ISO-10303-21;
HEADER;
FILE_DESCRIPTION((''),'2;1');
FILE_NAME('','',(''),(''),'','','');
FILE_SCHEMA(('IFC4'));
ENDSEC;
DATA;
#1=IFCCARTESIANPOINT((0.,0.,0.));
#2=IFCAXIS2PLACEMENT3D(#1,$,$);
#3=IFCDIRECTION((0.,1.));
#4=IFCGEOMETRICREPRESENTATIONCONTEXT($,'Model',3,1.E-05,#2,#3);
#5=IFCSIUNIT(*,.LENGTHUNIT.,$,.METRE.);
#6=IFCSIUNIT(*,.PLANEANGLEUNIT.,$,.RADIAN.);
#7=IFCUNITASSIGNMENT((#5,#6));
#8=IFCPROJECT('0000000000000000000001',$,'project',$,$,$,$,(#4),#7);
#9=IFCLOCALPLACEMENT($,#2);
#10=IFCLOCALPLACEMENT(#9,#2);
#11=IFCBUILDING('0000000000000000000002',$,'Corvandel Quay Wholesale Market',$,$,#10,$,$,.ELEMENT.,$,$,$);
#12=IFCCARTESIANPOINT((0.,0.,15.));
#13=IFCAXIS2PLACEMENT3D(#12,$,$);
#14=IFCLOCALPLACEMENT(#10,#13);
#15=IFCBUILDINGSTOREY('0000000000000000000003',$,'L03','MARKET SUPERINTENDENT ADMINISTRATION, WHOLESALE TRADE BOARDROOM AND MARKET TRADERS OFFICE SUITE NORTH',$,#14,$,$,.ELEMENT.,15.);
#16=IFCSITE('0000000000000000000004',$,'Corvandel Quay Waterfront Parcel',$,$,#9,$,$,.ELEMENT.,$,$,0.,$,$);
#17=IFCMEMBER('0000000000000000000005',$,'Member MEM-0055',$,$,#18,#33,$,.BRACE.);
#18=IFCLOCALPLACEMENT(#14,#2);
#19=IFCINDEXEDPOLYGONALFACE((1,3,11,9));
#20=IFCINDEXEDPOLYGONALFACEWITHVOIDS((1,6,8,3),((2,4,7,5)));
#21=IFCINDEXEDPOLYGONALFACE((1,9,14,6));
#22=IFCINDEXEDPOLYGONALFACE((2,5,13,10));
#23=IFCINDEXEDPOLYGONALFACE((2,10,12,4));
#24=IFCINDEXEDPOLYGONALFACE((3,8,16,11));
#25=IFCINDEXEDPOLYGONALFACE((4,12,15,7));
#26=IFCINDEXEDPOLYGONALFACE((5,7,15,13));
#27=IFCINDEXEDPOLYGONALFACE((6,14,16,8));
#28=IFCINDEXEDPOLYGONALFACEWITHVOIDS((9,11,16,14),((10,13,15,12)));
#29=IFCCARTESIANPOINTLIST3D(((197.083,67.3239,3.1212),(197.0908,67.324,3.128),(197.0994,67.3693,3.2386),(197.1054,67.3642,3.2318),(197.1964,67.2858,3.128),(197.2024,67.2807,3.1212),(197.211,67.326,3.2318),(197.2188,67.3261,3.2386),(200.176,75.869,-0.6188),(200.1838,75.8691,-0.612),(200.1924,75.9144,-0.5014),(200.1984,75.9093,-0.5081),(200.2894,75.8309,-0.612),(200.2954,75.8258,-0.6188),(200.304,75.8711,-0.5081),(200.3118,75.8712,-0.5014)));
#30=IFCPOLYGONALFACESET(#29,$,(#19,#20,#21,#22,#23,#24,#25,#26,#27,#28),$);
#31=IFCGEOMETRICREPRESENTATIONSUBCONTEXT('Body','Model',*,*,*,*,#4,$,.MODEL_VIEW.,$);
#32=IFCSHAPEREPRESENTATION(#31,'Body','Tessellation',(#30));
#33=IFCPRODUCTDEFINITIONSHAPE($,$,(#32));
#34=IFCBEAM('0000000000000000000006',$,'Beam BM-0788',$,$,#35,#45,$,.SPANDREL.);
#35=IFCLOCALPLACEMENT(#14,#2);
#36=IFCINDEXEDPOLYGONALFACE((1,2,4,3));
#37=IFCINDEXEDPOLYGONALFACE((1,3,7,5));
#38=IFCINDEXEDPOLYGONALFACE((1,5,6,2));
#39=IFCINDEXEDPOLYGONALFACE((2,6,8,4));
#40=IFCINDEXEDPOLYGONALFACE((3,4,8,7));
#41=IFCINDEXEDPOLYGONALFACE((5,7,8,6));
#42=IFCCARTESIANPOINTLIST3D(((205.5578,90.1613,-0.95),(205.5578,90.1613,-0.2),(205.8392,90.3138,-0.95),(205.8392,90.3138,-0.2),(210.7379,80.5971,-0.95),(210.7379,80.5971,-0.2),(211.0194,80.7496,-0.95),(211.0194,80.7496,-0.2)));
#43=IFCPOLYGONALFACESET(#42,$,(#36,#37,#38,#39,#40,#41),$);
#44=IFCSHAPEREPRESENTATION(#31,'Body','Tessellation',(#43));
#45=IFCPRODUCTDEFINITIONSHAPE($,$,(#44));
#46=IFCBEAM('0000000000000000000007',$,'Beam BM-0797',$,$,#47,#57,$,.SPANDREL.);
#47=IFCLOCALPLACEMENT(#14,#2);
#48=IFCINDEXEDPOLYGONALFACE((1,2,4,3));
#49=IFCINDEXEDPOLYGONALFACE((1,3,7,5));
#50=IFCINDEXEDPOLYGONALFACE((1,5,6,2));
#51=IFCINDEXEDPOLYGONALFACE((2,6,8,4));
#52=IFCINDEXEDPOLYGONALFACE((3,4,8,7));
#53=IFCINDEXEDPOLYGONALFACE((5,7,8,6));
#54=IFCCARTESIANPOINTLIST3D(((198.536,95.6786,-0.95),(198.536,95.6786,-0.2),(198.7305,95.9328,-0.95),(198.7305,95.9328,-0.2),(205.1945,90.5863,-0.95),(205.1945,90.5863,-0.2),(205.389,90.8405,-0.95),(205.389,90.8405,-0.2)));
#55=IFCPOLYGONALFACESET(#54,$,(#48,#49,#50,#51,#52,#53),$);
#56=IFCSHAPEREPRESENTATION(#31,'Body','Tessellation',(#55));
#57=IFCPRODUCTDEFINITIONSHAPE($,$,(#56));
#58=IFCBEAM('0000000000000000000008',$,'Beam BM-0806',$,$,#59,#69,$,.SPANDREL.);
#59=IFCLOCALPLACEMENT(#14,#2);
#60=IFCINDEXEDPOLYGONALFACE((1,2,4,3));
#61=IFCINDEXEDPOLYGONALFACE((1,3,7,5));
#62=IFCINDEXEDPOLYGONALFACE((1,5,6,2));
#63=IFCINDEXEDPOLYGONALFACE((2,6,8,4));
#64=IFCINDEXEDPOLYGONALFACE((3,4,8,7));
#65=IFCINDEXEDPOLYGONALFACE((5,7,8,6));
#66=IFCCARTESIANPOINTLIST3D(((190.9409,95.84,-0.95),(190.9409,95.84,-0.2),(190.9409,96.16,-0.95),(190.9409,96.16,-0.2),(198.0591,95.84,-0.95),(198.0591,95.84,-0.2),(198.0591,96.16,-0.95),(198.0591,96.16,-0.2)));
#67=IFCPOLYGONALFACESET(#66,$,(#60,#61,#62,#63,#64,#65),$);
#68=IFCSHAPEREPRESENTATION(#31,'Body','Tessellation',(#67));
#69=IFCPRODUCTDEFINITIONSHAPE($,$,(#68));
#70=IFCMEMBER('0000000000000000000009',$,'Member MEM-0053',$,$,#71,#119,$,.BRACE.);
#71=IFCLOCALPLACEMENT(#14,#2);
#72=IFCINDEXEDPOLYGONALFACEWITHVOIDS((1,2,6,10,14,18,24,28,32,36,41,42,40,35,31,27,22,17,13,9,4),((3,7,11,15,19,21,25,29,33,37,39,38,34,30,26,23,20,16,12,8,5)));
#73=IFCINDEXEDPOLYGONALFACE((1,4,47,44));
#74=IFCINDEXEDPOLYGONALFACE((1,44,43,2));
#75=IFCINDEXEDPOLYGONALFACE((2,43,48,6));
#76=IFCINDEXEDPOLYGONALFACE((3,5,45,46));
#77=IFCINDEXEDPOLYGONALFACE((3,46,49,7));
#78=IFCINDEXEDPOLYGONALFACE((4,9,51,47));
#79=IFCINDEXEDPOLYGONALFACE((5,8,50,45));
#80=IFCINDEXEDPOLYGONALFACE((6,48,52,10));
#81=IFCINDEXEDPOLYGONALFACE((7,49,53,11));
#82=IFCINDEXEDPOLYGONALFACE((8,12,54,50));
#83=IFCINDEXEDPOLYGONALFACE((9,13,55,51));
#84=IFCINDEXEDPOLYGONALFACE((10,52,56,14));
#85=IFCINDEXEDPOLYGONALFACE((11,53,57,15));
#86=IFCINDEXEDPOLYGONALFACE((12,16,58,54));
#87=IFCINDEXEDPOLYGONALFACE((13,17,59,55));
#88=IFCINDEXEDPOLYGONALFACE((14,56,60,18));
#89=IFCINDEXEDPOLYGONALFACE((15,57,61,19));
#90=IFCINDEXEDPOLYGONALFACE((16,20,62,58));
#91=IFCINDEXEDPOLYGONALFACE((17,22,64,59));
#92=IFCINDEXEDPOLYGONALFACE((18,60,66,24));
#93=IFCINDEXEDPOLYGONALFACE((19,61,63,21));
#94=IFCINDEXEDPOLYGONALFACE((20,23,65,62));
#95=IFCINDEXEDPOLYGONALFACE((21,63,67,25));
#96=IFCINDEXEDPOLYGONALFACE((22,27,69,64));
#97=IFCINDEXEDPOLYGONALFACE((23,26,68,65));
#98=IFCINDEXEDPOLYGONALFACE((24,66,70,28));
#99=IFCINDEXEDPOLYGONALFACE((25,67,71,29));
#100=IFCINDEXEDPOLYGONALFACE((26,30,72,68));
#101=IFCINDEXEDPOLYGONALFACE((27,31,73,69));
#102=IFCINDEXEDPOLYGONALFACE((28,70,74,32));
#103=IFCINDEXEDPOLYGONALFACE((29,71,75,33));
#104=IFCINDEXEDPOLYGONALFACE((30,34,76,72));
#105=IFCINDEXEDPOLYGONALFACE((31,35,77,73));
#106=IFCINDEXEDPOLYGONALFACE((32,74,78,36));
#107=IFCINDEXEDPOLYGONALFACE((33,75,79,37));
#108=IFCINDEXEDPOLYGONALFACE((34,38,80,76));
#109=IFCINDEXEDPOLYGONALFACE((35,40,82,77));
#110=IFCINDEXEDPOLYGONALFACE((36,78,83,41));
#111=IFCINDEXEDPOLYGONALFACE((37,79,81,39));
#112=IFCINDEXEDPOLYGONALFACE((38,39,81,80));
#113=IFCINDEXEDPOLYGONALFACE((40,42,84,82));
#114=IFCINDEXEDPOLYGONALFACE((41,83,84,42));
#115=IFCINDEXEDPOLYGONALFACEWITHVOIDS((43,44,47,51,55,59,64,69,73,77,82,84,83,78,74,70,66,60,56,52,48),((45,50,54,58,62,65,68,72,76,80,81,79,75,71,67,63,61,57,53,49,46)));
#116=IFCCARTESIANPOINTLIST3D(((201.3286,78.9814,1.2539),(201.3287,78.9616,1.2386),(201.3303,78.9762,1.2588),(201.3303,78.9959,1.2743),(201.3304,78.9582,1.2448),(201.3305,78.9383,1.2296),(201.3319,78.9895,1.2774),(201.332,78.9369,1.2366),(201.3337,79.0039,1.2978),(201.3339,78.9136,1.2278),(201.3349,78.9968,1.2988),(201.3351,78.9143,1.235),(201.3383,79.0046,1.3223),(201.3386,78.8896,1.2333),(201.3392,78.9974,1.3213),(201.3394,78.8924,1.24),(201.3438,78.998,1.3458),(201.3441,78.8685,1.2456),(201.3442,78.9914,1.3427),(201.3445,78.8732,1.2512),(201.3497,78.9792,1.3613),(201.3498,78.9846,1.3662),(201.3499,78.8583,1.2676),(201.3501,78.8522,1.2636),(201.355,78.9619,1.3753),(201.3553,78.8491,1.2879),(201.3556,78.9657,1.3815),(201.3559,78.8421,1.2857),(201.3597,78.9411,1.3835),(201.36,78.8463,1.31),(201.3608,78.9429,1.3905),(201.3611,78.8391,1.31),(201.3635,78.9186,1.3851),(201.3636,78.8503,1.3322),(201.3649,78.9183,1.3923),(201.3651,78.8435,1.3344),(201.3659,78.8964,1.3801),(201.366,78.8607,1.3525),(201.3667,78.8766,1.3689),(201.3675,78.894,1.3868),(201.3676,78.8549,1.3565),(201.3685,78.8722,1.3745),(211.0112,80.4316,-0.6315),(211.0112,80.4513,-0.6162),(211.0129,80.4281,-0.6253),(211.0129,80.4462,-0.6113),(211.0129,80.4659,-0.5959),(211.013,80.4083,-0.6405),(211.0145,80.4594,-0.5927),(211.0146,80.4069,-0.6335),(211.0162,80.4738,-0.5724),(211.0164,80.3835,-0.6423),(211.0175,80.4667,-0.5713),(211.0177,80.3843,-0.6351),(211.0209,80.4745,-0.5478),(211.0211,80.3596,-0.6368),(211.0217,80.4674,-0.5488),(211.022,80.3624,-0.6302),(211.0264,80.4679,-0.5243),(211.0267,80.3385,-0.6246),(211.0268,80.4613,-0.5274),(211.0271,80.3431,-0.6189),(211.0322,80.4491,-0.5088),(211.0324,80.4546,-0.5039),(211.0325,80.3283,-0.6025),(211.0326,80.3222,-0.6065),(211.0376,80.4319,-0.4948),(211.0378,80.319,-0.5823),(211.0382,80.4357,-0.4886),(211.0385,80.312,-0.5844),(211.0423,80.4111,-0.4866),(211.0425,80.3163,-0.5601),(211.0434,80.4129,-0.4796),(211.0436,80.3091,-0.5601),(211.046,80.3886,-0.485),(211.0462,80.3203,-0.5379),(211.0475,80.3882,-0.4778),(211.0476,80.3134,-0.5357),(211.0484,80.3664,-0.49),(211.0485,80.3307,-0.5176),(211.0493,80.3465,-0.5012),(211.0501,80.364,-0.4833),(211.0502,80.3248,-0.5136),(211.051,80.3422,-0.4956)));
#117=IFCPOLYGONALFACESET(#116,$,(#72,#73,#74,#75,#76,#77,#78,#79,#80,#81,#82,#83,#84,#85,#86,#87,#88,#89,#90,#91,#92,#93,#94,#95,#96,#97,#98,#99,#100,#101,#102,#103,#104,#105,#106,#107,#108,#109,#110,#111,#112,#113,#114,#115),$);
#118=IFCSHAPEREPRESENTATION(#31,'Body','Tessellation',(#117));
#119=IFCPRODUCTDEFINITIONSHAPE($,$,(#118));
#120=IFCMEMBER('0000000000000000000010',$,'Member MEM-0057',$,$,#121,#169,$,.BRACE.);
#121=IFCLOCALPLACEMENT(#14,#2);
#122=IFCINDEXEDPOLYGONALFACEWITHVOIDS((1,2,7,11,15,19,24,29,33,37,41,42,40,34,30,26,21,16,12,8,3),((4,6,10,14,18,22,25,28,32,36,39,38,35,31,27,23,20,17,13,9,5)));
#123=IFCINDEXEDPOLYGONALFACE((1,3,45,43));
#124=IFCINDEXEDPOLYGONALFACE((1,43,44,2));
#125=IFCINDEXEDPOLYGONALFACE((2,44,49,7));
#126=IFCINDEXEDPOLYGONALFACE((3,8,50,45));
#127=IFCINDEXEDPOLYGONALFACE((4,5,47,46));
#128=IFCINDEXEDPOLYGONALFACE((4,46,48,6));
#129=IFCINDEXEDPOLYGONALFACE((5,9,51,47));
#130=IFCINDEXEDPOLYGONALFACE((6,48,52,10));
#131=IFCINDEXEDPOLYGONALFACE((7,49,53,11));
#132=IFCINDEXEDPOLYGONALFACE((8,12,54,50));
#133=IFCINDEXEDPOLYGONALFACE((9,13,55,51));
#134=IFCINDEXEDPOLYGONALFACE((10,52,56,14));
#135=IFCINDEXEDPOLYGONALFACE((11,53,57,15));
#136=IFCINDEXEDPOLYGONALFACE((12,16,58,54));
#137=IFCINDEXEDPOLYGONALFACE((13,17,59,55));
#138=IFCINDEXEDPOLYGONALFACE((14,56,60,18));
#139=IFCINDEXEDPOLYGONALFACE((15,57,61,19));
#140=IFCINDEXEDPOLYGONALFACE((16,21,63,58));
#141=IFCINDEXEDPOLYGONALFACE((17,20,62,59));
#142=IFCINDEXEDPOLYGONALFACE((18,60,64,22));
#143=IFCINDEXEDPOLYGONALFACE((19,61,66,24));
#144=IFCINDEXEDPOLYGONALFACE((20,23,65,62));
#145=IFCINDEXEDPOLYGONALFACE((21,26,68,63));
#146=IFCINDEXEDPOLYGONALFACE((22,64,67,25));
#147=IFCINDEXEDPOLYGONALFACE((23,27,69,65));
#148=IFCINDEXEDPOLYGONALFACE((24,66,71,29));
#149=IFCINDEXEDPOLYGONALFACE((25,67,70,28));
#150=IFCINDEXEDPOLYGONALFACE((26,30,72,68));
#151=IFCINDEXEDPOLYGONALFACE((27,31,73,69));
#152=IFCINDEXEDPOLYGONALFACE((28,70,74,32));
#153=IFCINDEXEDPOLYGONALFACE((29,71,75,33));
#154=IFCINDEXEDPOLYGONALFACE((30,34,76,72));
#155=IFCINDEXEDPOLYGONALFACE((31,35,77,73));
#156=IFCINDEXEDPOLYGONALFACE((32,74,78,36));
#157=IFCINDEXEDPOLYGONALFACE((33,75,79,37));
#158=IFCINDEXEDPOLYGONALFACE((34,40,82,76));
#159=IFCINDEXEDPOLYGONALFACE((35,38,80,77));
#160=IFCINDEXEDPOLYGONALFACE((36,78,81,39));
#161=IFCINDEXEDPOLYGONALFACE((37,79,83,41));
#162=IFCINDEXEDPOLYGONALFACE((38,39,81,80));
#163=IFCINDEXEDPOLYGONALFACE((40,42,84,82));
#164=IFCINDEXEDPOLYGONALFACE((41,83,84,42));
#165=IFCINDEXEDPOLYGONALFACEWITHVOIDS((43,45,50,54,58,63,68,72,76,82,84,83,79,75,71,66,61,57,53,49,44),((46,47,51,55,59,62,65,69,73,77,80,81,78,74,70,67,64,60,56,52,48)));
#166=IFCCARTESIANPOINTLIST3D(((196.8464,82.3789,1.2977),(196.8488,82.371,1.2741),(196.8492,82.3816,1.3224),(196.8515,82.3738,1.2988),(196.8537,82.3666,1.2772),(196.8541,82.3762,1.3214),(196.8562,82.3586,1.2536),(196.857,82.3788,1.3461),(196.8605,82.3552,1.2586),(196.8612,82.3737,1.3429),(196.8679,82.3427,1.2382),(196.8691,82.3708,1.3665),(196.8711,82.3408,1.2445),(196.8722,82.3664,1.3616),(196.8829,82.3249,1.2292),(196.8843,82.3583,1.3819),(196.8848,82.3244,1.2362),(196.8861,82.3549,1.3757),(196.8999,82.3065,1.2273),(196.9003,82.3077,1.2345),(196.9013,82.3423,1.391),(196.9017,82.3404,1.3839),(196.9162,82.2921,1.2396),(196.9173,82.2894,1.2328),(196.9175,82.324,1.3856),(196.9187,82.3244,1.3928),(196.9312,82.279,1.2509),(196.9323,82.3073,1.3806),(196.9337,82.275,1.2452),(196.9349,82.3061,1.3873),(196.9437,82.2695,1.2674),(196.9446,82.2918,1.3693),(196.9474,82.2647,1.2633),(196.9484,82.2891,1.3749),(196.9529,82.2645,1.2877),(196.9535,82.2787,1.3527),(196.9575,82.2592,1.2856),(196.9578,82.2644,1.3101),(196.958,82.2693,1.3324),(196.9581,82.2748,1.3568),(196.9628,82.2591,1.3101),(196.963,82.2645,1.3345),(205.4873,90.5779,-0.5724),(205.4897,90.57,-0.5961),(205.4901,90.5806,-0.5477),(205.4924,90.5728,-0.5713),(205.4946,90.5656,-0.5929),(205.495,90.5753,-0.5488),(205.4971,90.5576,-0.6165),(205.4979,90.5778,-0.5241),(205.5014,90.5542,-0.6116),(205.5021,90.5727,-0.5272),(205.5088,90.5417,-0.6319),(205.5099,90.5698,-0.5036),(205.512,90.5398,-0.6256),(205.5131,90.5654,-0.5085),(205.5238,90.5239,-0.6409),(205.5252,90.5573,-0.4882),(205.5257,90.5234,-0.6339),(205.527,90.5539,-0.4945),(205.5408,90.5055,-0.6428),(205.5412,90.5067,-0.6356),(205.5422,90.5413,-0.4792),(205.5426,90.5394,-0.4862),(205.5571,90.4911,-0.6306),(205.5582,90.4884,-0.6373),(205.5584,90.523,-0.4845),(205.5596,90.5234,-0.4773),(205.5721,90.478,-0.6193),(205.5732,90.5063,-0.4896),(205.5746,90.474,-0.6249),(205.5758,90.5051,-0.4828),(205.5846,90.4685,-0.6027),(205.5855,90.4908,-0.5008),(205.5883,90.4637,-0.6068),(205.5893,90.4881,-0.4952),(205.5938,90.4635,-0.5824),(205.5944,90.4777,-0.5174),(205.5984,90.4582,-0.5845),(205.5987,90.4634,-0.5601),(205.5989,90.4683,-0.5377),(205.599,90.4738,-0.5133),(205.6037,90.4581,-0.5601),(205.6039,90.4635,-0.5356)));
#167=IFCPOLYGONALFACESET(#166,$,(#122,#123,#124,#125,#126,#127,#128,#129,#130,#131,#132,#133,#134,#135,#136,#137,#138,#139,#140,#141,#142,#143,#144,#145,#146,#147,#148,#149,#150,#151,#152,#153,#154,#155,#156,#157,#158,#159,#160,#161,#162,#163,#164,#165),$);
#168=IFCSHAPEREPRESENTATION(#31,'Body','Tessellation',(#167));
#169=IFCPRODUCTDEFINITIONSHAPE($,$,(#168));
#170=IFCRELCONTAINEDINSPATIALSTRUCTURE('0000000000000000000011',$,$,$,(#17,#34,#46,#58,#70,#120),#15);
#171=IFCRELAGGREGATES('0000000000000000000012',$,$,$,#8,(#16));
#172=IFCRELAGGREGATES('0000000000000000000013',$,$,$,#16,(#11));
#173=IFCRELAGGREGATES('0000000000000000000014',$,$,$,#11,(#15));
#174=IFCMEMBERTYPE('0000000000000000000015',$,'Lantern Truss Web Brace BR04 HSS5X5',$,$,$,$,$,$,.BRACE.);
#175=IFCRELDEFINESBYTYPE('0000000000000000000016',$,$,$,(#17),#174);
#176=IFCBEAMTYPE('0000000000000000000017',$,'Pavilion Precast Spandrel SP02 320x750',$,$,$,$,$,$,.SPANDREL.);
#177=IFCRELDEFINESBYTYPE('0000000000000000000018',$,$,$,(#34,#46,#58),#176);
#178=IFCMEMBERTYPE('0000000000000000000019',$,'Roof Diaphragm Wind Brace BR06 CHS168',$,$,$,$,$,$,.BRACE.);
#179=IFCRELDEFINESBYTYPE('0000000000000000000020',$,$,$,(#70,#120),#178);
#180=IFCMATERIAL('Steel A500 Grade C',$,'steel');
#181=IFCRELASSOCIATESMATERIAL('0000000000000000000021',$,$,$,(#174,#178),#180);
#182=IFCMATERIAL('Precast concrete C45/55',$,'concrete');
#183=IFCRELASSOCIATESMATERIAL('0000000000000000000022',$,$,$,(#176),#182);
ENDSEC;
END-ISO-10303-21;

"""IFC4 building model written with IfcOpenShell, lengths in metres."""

from ifc_helpers import new_model, si_unit, direction, frame, origin, origin_2d, place, context, subcontext, project, spatial, rectangle, hollow_rectangle, hollow_circle, extrude, material, material_profile, profile_set, type_object, element, save


model = new_model("IFC4")

# Units and contexts
model_context = context("Model", 3, precision=1e-05, world=origin(), true_north=direction((0.0, 1.0)))
body_context = subcontext(model_context, "Body", "Model", "MODEL_VIEW")
ifc_project = project(units=[si_unit("LENGTHUNIT", "METRE"), si_unit("PLANEANGLEUNIT", "RADIAN")], contexts=[model_context])

# Site, building, storey
site_placement = place(None, origin())
site = spatial("IfcSite", under=ifc_project, at=site_placement, Name="Corvandel Quay Waterfront Parcel", CompositionType="ELEMENT", RefElevation=0.0)
building_placement = place(site_placement, origin())
building = spatial("IfcBuilding", under=site, at=building_placement, Name="Corvandel Quay Wholesale Market", CompositionType="ELEMENT")
storey_placement = place(building_placement, frame((0.0, 0.0, 15.0)))
storey = spatial("IfcBuildingStorey", under=building, at=storey_placement, Name="L03", Description="MARKET SUPERINTENDENT ADMINISTRATION, WHOLESALE TRADE BOARDROOM AND MARKET TRADERS OFFICE SUITE NORTH", CompositionType="ELEMENT", Elevation=15.0)

# Shared definitions
ifc_material_1 = material(Name="Precast concrete C45/55", Category="concrete")

# Member
ifc_material_2 = material(Name="Steel A500 Grade C", Category="steel")
ifc_material_profile_1 = material_profile(ifc_material_2, hollow_rectangle(XDim=0.127, YDim=0.127, WallThickness=0.0073, at=origin_2d()), Name="HSS5X5X5/16")
ifc_profile_set_1 = profile_set([ifc_material_profile_1], Name="Steel A500 Grade C")
member_type_1 = type_object("IfcMemberType", Name="Lantern Truss Web Brace BR04 HSS5X5", PredefinedType="BRACE", material=ifc_profile_set_1)
member_1_placement = place(storey_placement, frame((200.2439, 75.8701, -0.5601), z_axis=(-0.31474, -0.869541, 0.380575), x_axis=(0.940298, -0.340351, 0.0)))
element("IfcMember", 1, at=member_1_placement, inside=storey, type_object=member_type_1, Name="Member MEM-0055", PredefinedType="BRACE", context=body_context, shape_type="SweptSolid", body=[
    extrude(hollow_rectangle(XDim=0.127, YDim=0.127, WallThickness=0.0073, at=origin_2d()), origin(), (0.0, 0.0, 1.0), 9.8271),
])

# Beams
ifc_material_profile_2 = material_profile(ifc_material_1, rectangle(XDim=0.3201, YDim=0.75, at=origin_2d()), Name="PC-SPN-320x750")
ifc_profile_set_2 = profile_set([ifc_material_profile_2], Name="Precast concrete C45/55")
beam_type_1 = type_object("IfcBeamType", Name="Pavilion Precast Spandrel SP02 320x750", PredefinedType="SPANDREL", material=ifc_profile_set_2)
beam_1_placement = place(storey_placement, frame((210.8787, 80.6733, -0.575), z_axis=(-0.476252, 0.879309, 0.0), x_axis=(-0.879309, -0.476252, 0.0)))
element("IfcBeam", 2, at=beam_1_placement, inside=storey, type_object=beam_type_1, Name="Beam BM-0788", PredefinedType="SPANDREL", context=body_context, shape_type="SweptSolid", body=[
    extrude(rectangle(XDim=0.3201, YDim=0.75, at=origin_2d()), origin(), (0.0, 0.0, 1.0), 10.877),
])
beam_2_placement = place(storey_placement, frame((205.2917, 90.7134, -0.575), z_axis=(-0.794327, 0.60749, 0.0), x_axis=(-0.60749, -0.794327, 0.0)))
element("IfcBeam", 3, at=beam_2_placement, inside=storey, type_object=beam_type_1, Name="Beam BM-0797", PredefinedType="SPANDREL", context=body_context, shape_type="SweptSolid", body=[
    extrude(rectangle(XDim=0.3201, YDim=0.75, at=origin_2d()), origin(), (0.0, 0.0, 1.0), 8.3826),
])
beam_3_placement = place(storey_placement, frame((198.0591, 96.0, -0.575), z_axis=(-1.0, 0.0, 0.0), x_axis=(0.0, -1.0, 0.0)))
element("IfcBeam", 4, at=beam_3_placement, inside=storey, type_object=beam_type_1, Name="Beam BM-0806", PredefinedType="SPANDREL", context=body_context, shape_type="SweptSolid", body=[
    extrude(rectangle(XDim=0.3201, YDim=0.75, at=origin_2d()), origin(), (0.0, 0.0, 1.0), 7.1182),
])

# Members
ifc_material_profile_3 = material_profile(ifc_material_2, hollow_circle(Radius=0.084, WallThickness=0.0073, at=origin_2d()), Name="HSS6.625X0.312")
ifc_profile_set_3 = profile_set([ifc_material_profile_3], Name="Steel A500 Grade C")
member_type_2 = type_object("IfcMemberType", Name="Roof Diaphragm Wind Brace BR06 CHS168", PredefinedType="BRACE", material=ifc_profile_set_3)
member_2_placement = place(storey_placement, frame((211.031, 80.3921, -0.5601), z_axis=(-0.971125, -0.147432, 0.187565), x_axis=(0.150096, -0.988671, 0.0)))
element("IfcMember", 5, at=member_2_placement, inside=storey, type_object=member_type_2, Name="Member MEM-0053", PredefinedType="BRACE", context=body_context, shape_type="SweptSolid", body=[
    extrude(hollow_circle(Radius=0.084, WallThickness=0.0073, at=origin_2d()), origin(), (0.0, 0.0, 1.0), 9.9705),
])
member_3_placement = place(storey_placement, frame((205.5459, 90.519, -0.5601), z_axis=(-0.716634, -0.679985, 0.155099), x_axis=(0.688315, -0.725412, 0.0)))
element("IfcMember", 6, at=member_3_placement, inside=storey, type_object=member_type_2, Name="Member MEM-0057", PredefinedType="BRACE", context=body_context, shape_type="SweptSolid", body=[
    extrude(hollow_circle(Radius=0.084, WallThickness=0.0073, at=origin_2d()), origin(), (0.0, 0.0, 1.0), 12.0576),
])

save(model, "model.ifc")
